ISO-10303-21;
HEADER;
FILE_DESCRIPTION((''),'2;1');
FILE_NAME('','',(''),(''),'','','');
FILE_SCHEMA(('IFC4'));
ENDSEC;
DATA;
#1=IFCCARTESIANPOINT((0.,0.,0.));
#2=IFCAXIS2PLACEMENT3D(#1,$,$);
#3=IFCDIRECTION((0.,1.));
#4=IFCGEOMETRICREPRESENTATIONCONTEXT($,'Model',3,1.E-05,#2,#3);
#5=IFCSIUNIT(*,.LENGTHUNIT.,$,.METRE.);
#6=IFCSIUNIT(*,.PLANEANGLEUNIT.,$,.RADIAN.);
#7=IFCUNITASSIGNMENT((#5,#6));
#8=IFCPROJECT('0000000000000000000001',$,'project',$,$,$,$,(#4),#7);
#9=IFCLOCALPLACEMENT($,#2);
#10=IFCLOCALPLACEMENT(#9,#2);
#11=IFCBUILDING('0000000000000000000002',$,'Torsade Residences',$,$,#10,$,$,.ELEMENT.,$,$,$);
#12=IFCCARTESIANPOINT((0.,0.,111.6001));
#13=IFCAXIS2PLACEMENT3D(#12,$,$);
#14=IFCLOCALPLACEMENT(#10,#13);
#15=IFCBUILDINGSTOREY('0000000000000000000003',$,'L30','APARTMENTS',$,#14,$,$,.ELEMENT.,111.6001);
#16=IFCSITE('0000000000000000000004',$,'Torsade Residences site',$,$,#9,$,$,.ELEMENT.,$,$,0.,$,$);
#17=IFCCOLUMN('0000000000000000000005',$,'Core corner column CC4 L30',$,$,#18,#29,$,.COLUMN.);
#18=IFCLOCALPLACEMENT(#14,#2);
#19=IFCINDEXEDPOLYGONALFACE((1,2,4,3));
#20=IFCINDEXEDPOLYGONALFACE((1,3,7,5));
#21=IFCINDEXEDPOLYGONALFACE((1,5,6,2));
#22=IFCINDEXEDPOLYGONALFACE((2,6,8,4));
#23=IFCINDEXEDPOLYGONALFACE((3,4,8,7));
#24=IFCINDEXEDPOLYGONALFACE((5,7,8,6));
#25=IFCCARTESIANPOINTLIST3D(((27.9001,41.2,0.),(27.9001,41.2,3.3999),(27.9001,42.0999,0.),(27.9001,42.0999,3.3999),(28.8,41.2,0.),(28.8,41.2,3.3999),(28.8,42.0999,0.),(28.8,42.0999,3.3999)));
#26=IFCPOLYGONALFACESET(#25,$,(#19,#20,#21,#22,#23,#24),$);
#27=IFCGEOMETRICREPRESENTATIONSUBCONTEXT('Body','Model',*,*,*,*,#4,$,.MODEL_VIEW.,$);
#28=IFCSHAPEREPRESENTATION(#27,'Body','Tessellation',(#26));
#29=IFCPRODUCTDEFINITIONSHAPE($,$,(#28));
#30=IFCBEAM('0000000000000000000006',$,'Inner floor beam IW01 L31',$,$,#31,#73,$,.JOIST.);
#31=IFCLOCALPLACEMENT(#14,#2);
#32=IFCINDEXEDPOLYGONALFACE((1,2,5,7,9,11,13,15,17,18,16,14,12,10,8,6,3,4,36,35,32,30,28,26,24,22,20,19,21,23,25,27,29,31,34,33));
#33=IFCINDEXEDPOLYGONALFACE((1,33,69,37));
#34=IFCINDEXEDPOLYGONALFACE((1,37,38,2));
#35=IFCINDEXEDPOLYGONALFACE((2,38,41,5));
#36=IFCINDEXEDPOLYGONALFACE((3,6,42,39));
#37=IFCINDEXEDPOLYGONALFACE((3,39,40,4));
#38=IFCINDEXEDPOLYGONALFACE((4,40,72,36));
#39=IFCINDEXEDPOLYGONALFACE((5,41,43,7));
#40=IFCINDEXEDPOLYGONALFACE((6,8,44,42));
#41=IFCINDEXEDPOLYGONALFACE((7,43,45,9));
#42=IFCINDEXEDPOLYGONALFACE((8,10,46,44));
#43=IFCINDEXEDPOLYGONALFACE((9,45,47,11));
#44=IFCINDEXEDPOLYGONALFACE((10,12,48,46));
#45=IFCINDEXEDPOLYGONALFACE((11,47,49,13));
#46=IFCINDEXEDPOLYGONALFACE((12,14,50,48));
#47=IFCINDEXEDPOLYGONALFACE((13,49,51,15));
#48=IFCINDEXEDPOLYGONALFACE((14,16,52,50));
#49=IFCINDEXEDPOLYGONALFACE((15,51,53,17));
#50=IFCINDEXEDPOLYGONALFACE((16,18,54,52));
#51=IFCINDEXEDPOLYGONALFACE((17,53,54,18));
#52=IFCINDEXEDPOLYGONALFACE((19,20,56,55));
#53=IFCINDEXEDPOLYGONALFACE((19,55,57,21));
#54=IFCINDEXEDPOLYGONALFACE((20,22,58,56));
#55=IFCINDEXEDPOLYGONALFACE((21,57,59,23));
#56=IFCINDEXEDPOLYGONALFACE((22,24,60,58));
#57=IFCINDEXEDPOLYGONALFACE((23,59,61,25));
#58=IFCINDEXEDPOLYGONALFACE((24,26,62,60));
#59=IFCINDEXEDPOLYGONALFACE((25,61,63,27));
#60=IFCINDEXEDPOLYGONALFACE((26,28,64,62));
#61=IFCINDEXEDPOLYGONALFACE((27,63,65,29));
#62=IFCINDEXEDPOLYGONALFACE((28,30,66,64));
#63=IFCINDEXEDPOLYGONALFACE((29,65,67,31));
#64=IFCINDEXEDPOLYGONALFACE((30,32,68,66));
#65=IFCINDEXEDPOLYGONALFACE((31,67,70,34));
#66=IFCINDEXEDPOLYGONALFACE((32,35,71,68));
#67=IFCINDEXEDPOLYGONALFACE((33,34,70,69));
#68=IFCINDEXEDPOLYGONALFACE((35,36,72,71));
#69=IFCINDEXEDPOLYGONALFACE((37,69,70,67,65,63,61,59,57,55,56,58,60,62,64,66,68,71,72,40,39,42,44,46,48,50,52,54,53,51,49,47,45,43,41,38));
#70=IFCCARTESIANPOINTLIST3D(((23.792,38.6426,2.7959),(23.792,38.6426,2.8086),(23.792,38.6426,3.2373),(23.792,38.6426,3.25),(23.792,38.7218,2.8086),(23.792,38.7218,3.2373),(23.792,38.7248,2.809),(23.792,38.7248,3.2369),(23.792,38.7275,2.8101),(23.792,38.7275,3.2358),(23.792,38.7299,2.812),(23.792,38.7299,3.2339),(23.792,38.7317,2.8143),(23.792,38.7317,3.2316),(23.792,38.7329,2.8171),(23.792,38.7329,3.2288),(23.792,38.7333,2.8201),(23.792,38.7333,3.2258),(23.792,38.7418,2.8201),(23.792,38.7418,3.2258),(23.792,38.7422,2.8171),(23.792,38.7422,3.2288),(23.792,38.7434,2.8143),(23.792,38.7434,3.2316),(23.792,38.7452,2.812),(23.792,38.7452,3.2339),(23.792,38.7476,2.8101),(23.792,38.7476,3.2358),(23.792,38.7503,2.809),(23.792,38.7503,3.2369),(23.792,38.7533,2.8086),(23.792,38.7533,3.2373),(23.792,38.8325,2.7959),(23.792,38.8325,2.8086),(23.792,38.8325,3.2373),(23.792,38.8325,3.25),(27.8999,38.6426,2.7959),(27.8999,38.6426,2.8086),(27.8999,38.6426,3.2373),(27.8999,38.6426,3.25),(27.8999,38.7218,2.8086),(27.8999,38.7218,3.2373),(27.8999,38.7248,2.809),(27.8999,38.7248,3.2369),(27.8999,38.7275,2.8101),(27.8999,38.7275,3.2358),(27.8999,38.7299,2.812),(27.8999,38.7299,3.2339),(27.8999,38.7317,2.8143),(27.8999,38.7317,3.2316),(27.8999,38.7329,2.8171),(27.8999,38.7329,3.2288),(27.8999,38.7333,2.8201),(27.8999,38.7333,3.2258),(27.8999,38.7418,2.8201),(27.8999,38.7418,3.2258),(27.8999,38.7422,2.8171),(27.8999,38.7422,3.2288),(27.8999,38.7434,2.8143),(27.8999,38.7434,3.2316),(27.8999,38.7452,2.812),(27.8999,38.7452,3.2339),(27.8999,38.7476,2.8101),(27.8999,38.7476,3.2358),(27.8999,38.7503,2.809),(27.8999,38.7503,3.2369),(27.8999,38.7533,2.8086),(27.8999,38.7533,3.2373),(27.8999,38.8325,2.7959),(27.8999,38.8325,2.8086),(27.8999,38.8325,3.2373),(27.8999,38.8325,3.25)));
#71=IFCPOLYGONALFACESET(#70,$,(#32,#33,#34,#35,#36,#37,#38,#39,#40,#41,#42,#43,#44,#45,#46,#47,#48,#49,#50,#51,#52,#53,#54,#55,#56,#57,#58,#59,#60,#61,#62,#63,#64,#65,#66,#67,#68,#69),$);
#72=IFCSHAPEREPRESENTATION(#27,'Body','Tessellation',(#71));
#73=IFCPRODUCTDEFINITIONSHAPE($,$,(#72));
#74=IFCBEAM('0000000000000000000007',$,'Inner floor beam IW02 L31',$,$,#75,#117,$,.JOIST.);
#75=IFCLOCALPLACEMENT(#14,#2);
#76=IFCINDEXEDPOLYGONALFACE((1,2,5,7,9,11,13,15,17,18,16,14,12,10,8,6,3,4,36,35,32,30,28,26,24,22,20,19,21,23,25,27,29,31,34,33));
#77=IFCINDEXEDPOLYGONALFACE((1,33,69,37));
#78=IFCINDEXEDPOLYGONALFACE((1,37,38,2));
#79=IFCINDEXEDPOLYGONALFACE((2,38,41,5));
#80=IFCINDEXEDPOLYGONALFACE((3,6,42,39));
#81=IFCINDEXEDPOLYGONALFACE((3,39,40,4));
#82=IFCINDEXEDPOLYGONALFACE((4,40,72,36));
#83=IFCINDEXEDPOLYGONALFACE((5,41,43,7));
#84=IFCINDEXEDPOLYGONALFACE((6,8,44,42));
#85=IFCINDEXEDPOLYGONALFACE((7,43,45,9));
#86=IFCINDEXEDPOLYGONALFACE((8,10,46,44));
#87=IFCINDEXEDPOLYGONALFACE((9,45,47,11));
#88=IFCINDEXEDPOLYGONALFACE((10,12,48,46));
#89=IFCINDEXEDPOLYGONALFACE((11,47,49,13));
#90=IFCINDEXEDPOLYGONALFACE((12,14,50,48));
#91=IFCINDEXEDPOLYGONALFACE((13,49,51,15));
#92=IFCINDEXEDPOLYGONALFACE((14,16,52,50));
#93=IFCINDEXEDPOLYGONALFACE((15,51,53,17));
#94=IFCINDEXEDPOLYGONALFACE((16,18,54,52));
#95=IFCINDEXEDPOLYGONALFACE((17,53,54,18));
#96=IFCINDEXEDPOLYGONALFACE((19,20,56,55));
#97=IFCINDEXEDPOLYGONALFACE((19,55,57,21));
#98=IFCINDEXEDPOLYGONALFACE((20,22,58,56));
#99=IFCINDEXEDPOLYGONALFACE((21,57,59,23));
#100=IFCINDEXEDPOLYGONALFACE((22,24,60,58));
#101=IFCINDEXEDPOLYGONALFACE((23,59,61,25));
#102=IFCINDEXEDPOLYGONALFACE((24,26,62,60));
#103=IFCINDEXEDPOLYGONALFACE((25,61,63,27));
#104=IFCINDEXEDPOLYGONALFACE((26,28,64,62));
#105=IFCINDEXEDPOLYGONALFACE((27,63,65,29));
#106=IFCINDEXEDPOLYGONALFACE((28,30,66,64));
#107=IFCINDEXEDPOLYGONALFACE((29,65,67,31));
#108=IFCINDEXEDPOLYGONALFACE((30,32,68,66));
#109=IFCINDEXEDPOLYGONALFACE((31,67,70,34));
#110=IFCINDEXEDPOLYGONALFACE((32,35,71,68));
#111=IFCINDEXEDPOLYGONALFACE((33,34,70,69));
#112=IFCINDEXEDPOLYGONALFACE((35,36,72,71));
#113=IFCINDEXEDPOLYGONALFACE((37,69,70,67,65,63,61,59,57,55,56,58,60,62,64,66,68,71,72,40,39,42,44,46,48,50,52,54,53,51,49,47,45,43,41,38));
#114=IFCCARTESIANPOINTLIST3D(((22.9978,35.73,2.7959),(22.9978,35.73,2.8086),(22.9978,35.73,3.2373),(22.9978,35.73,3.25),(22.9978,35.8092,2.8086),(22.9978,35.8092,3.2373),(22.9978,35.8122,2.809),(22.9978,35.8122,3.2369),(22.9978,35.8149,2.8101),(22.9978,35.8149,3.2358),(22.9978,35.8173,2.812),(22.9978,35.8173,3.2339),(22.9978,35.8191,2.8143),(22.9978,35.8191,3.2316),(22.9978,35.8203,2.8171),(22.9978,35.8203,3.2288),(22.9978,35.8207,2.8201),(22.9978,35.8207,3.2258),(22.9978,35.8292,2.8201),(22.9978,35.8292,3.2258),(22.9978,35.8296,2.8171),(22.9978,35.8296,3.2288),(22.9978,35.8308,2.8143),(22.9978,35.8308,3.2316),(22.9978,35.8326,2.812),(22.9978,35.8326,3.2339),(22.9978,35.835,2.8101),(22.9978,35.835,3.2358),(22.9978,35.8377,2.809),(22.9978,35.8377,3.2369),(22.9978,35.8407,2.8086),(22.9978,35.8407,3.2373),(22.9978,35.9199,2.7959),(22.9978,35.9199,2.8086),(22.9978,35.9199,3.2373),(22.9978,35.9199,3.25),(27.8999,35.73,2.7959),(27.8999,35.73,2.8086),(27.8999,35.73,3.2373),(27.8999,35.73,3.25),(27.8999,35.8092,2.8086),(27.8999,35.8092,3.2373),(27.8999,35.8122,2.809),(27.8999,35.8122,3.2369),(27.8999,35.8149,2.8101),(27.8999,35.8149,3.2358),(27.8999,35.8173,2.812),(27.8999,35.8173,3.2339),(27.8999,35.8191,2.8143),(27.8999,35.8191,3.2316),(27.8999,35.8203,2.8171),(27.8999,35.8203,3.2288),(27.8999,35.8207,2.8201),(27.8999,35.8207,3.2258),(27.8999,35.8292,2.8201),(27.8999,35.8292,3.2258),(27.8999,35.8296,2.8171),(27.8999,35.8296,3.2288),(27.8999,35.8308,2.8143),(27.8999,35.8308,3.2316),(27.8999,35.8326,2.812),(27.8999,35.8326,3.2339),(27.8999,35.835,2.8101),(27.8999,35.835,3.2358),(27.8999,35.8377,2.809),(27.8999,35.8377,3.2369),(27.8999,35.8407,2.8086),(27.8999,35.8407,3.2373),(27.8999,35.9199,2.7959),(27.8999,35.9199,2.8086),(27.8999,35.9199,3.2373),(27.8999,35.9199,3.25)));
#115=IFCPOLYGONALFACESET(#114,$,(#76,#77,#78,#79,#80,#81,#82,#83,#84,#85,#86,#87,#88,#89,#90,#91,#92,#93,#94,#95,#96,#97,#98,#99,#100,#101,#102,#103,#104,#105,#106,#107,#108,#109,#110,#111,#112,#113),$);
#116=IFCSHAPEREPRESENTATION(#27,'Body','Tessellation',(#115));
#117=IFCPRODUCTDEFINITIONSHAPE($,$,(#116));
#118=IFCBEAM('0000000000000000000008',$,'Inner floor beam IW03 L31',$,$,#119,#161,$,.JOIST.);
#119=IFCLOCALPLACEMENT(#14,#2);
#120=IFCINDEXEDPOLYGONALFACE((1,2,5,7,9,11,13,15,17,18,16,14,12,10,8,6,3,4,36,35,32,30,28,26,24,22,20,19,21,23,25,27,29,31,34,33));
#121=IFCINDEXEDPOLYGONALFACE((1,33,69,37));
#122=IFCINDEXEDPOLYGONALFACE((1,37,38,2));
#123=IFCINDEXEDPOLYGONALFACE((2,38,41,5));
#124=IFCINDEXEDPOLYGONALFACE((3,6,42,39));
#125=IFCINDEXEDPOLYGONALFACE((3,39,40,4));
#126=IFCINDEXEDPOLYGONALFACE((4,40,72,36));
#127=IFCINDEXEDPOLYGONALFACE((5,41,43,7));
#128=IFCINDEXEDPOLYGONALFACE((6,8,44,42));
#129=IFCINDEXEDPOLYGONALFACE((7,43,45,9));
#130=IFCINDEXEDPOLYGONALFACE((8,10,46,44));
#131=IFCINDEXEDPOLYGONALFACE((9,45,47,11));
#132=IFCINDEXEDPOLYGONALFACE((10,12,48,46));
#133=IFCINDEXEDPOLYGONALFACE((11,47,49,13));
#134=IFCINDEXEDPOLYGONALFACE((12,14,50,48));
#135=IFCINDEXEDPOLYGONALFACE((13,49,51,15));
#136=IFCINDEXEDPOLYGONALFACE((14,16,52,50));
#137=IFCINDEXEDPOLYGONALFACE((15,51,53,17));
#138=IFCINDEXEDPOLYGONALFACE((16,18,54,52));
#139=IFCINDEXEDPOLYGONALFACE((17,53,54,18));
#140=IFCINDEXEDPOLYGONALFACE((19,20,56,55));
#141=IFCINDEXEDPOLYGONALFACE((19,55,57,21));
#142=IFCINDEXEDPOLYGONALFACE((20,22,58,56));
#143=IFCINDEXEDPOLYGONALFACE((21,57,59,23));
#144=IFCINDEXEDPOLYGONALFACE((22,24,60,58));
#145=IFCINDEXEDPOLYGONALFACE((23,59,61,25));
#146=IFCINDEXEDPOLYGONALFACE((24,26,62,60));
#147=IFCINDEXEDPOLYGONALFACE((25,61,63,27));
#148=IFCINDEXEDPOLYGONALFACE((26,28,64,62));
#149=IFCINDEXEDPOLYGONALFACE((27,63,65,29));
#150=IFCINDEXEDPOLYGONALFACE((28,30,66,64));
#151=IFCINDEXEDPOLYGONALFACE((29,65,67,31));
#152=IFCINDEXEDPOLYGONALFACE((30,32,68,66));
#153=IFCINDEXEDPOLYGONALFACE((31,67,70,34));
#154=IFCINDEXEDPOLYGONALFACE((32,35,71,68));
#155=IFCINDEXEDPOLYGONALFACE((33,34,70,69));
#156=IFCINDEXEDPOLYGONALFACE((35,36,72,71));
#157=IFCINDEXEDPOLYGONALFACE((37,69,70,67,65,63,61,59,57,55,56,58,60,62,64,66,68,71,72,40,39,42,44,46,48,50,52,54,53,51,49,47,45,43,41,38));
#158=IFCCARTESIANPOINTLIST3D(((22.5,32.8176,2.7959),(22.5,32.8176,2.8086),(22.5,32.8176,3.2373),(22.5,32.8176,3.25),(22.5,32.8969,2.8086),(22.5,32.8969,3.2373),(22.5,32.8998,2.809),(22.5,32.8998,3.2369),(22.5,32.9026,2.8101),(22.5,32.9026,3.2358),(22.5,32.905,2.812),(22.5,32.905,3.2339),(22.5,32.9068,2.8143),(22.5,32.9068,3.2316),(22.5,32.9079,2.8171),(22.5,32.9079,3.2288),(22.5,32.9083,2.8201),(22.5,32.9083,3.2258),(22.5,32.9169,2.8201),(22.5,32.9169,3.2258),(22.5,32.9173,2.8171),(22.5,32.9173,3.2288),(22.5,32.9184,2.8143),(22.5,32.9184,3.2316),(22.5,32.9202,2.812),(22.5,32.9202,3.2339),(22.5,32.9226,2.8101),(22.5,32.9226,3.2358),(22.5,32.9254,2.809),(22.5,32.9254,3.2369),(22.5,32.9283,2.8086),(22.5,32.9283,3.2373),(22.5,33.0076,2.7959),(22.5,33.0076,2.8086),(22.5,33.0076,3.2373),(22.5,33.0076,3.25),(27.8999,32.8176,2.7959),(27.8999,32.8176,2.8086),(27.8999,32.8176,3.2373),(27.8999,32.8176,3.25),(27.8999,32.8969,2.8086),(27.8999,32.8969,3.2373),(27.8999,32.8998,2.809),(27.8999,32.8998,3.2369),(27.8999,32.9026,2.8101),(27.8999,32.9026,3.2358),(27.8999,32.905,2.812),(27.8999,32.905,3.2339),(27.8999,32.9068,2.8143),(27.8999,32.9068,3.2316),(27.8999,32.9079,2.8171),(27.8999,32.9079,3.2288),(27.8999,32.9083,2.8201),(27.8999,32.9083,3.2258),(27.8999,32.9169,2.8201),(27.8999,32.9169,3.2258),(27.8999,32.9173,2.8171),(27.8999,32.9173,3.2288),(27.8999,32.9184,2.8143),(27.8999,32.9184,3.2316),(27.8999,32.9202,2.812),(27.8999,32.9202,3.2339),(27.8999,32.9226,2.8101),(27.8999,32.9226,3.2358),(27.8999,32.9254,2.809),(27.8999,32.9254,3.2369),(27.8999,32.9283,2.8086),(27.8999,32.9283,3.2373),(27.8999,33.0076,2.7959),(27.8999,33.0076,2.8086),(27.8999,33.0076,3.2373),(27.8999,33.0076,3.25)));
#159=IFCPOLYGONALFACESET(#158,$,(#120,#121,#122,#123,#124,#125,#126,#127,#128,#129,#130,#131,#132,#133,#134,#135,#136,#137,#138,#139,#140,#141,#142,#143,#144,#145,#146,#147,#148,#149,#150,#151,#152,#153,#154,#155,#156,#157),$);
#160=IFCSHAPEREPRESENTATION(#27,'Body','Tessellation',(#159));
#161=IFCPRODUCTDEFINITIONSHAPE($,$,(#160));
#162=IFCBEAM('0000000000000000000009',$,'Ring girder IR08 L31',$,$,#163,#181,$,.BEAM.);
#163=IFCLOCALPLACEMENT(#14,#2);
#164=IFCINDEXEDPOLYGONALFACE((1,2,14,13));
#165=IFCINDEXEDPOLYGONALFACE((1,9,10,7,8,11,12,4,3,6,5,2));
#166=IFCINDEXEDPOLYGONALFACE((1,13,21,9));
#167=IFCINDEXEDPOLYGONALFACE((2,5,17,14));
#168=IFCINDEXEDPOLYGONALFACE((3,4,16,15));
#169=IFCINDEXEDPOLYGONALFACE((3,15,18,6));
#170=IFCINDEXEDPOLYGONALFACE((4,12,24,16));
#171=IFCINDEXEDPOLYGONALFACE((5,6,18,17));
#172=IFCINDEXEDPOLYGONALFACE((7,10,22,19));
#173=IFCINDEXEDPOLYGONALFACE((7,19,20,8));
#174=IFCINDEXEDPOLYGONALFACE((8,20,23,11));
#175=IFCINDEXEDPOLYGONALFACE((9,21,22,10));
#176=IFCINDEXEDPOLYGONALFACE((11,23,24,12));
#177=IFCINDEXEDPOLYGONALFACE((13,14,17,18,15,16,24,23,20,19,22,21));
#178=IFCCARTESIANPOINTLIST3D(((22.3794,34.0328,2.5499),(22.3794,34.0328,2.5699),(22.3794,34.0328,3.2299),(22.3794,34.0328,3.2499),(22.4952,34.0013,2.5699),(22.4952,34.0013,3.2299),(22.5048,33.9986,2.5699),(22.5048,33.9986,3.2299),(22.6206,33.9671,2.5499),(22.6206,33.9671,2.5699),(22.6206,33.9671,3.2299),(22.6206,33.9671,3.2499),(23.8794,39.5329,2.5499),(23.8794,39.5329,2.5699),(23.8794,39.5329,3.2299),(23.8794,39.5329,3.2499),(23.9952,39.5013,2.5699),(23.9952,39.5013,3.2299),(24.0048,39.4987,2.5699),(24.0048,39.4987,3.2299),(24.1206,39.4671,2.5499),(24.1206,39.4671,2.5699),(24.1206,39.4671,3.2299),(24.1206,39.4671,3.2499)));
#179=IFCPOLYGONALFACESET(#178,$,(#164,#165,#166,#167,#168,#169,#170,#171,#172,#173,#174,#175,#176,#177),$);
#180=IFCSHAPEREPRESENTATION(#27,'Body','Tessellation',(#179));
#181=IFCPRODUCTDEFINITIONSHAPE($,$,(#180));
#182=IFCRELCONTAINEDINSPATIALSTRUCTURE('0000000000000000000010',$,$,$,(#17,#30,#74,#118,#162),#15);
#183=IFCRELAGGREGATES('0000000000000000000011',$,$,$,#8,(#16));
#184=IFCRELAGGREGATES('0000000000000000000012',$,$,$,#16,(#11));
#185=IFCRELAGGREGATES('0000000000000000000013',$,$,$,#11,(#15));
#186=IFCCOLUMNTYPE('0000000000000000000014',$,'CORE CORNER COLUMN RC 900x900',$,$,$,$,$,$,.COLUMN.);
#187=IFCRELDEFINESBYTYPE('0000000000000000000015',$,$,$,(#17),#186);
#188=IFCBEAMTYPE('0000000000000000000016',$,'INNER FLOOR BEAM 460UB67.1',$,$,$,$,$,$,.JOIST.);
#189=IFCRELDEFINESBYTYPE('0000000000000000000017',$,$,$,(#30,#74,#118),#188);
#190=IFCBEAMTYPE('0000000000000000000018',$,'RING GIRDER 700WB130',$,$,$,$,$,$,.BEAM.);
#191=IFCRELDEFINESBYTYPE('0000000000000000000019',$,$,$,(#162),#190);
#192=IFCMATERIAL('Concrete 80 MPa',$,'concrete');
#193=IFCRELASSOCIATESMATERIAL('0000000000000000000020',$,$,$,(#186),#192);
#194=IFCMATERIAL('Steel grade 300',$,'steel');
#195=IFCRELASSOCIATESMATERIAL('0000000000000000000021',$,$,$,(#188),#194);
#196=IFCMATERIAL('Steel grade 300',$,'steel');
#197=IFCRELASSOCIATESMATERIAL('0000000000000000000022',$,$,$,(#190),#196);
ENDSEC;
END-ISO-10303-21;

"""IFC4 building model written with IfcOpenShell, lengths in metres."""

from ifc_helpers import new_model, si_unit, direction, frame, origin, origin_2d, place, context, subcontext, project, spatial, rectangle, i_section, extrude, material, material_profile, profile_set, type_object, element, save


model = new_model("IFC4")

# Units and contexts
model_context = context("Model", 3, precision=1e-05, world=origin(), true_north=direction((0.0, 1.0)))
body_context = subcontext(model_context, "Body", "Model", "MODEL_VIEW")
ifc_project = project(units=[si_unit("LENGTHUNIT", "METRE"), si_unit("PLANEANGLEUNIT", "RADIAN")], contexts=[model_context])

# Site, building, storey
site_placement = place(None, origin())
site = spatial("IfcSite", under=ifc_project, at=site_placement, Name="Torsade Residences site", CompositionType="ELEMENT", RefElevation=0.0)
building_placement = place(site_placement, origin())
building = spatial("IfcBuilding", under=site, at=building_placement, Name="Torsade Residences", CompositionType="ELEMENT")
storey_placement = place(building_placement, frame((0.0, 0.0, 111.6001)))
storey = spatial("IfcBuildingStorey", under=building, at=storey_placement, Name="L30", Description="APARTMENTS", CompositionType="ELEMENT", Elevation=111.6001)

# Column
ifc_material_1 = material(Name="Concrete 80 MPa", Category="concrete")
ifc_material_profile_1 = material_profile(ifc_material_1, rectangle(XDim=0.8999, YDim=0.8999, at=origin_2d()), Name="RC 900x900")
ifc_profile_set_1 = profile_set([ifc_material_profile_1], Name="Concrete 80 MPa")
column_type = type_object("IfcColumnType", Name="CORE CORNER COLUMN RC 900x900", PredefinedType="COLUMN", material=ifc_profile_set_1)
column_placement = place(storey_placement, frame((28.3501, 41.6499, 0.0), z_axis=(0.0, 0.0, 1.0), x_axis=(1.0, 0.0, 0.0)))
element("IfcColumn", 1, at=column_placement, inside=storey, type_object=column_type, Name="Core corner column CC4 L30", PredefinedType="COLUMN", context=body_context, shape_type="SweptSolid", body=[
    extrude(rectangle(XDim=0.8999, YDim=0.8999, at=origin_2d()), origin(), (0.0, 0.0, 1.0), 3.3999),
])

# Beams
ifc_material_2 = material(Name="Steel grade 300", Category="steel")
ifc_material_profile_2 = material_profile(ifc_material_2, i_section(OverallWidth=0.1899, OverallDepth=0.4541, WebThickness=0.0085, FlangeThickness=0.0127, FilletRadius=0.0115, at=origin_2d()), Name="460UB67.1")
ifc_profile_set_2 = profile_set([ifc_material_profile_2], Name="Steel grade 300")
beam_type_1 = type_object("IfcBeamType", Name="INNER FLOOR BEAM 460UB67.1", PredefinedType="JOIST", material=ifc_profile_set_2)
beam_1_placement = place(storey_placement, frame((27.8999, 38.7375, 3.0229), z_axis=(-1.0, 0.0, 0.0), x_axis=(0.0, -1.0, 0.0)))
element("IfcBeam", 2, at=beam_1_placement, inside=storey, type_object=beam_type_1, Name="Inner floor beam IW01 L31", PredefinedType="JOIST", context=body_context, shape_type="SweptSolid", body=[
    extrude(i_section(OverallWidth=0.1899, OverallDepth=0.4541, WebThickness=0.0085, FlangeThickness=0.0127, FilletRadius=0.0115, at=origin_2d()), origin(), (0.0, 0.0, 1.0), 4.1079),
])
beam_2_placement = place(storey_placement, frame((27.8999, 35.825, 3.0229), z_axis=(-1.0, 0.0, 0.0), x_axis=(0.0, -1.0, 0.0)))
element("IfcBeam", 3, at=beam_2_placement, inside=storey, type_object=beam_type_1, Name="Inner floor beam IW02 L31", PredefinedType="JOIST", context=body_context, shape_type="SweptSolid", body=[
    extrude(i_section(OverallWidth=0.1899, OverallDepth=0.4541, WebThickness=0.0085, FlangeThickness=0.0127, FilletRadius=0.0115, at=origin_2d()), origin(), (0.0, 0.0, 1.0), 4.9021),
])
beam_3_placement = place(storey_placement, frame((27.8999, 32.9126, 3.0229), z_axis=(-1.0, 0.0, 0.0), x_axis=(0.0, -1.0, 0.0)))
element("IfcBeam", 4, at=beam_3_placement, inside=storey, type_object=beam_type_1, Name="Inner floor beam IW03 L31", PredefinedType="JOIST", context=body_context, shape_type="SweptSolid", body=[
    extrude(i_section(OverallWidth=0.1899, OverallDepth=0.4541, WebThickness=0.0085, FlangeThickness=0.0127, FilletRadius=0.0115, at=origin_2d()), origin(), (0.0, 0.0, 1.0), 5.3999),
])
ifc_material_3 = material(Name="Steel grade 300", Category="steel")
ifc_material_profile_3 = material_profile(ifc_material_3, i_section(OverallWidth=0.25, OverallDepth=0.7, WebThickness=0.01, FlangeThickness=0.02, at=origin_2d()), Name="700WB130")
ifc_profile_set_3 = profile_set([ifc_material_profile_3], Name="Steel grade 300")
beam_type_2 = type_object("IfcBeamType", Name="RING GIRDER 700WB130", PredefinedType="BEAM", material=ifc_profile_set_3)
beam_4_placement = place(storey_placement, frame((24.0, 39.5, 2.8999), z_axis=(-0.263117, -0.964764, 0.0), x_axis=(0.964764, -0.263117, 0.0)))
element("IfcBeam", 5, at=beam_4_placement, inside=storey, type_object=beam_type_2, Name="Ring girder IR08 L31", PredefinedType="BEAM", context=body_context, shape_type="SweptSolid", body=[
    extrude(i_section(OverallWidth=0.25, OverallDepth=0.7, WebThickness=0.01, FlangeThickness=0.02, at=origin_2d()), origin(), (0.0, 0.0, 1.0), 5.7009),
])

save(model, "model.ifc")
